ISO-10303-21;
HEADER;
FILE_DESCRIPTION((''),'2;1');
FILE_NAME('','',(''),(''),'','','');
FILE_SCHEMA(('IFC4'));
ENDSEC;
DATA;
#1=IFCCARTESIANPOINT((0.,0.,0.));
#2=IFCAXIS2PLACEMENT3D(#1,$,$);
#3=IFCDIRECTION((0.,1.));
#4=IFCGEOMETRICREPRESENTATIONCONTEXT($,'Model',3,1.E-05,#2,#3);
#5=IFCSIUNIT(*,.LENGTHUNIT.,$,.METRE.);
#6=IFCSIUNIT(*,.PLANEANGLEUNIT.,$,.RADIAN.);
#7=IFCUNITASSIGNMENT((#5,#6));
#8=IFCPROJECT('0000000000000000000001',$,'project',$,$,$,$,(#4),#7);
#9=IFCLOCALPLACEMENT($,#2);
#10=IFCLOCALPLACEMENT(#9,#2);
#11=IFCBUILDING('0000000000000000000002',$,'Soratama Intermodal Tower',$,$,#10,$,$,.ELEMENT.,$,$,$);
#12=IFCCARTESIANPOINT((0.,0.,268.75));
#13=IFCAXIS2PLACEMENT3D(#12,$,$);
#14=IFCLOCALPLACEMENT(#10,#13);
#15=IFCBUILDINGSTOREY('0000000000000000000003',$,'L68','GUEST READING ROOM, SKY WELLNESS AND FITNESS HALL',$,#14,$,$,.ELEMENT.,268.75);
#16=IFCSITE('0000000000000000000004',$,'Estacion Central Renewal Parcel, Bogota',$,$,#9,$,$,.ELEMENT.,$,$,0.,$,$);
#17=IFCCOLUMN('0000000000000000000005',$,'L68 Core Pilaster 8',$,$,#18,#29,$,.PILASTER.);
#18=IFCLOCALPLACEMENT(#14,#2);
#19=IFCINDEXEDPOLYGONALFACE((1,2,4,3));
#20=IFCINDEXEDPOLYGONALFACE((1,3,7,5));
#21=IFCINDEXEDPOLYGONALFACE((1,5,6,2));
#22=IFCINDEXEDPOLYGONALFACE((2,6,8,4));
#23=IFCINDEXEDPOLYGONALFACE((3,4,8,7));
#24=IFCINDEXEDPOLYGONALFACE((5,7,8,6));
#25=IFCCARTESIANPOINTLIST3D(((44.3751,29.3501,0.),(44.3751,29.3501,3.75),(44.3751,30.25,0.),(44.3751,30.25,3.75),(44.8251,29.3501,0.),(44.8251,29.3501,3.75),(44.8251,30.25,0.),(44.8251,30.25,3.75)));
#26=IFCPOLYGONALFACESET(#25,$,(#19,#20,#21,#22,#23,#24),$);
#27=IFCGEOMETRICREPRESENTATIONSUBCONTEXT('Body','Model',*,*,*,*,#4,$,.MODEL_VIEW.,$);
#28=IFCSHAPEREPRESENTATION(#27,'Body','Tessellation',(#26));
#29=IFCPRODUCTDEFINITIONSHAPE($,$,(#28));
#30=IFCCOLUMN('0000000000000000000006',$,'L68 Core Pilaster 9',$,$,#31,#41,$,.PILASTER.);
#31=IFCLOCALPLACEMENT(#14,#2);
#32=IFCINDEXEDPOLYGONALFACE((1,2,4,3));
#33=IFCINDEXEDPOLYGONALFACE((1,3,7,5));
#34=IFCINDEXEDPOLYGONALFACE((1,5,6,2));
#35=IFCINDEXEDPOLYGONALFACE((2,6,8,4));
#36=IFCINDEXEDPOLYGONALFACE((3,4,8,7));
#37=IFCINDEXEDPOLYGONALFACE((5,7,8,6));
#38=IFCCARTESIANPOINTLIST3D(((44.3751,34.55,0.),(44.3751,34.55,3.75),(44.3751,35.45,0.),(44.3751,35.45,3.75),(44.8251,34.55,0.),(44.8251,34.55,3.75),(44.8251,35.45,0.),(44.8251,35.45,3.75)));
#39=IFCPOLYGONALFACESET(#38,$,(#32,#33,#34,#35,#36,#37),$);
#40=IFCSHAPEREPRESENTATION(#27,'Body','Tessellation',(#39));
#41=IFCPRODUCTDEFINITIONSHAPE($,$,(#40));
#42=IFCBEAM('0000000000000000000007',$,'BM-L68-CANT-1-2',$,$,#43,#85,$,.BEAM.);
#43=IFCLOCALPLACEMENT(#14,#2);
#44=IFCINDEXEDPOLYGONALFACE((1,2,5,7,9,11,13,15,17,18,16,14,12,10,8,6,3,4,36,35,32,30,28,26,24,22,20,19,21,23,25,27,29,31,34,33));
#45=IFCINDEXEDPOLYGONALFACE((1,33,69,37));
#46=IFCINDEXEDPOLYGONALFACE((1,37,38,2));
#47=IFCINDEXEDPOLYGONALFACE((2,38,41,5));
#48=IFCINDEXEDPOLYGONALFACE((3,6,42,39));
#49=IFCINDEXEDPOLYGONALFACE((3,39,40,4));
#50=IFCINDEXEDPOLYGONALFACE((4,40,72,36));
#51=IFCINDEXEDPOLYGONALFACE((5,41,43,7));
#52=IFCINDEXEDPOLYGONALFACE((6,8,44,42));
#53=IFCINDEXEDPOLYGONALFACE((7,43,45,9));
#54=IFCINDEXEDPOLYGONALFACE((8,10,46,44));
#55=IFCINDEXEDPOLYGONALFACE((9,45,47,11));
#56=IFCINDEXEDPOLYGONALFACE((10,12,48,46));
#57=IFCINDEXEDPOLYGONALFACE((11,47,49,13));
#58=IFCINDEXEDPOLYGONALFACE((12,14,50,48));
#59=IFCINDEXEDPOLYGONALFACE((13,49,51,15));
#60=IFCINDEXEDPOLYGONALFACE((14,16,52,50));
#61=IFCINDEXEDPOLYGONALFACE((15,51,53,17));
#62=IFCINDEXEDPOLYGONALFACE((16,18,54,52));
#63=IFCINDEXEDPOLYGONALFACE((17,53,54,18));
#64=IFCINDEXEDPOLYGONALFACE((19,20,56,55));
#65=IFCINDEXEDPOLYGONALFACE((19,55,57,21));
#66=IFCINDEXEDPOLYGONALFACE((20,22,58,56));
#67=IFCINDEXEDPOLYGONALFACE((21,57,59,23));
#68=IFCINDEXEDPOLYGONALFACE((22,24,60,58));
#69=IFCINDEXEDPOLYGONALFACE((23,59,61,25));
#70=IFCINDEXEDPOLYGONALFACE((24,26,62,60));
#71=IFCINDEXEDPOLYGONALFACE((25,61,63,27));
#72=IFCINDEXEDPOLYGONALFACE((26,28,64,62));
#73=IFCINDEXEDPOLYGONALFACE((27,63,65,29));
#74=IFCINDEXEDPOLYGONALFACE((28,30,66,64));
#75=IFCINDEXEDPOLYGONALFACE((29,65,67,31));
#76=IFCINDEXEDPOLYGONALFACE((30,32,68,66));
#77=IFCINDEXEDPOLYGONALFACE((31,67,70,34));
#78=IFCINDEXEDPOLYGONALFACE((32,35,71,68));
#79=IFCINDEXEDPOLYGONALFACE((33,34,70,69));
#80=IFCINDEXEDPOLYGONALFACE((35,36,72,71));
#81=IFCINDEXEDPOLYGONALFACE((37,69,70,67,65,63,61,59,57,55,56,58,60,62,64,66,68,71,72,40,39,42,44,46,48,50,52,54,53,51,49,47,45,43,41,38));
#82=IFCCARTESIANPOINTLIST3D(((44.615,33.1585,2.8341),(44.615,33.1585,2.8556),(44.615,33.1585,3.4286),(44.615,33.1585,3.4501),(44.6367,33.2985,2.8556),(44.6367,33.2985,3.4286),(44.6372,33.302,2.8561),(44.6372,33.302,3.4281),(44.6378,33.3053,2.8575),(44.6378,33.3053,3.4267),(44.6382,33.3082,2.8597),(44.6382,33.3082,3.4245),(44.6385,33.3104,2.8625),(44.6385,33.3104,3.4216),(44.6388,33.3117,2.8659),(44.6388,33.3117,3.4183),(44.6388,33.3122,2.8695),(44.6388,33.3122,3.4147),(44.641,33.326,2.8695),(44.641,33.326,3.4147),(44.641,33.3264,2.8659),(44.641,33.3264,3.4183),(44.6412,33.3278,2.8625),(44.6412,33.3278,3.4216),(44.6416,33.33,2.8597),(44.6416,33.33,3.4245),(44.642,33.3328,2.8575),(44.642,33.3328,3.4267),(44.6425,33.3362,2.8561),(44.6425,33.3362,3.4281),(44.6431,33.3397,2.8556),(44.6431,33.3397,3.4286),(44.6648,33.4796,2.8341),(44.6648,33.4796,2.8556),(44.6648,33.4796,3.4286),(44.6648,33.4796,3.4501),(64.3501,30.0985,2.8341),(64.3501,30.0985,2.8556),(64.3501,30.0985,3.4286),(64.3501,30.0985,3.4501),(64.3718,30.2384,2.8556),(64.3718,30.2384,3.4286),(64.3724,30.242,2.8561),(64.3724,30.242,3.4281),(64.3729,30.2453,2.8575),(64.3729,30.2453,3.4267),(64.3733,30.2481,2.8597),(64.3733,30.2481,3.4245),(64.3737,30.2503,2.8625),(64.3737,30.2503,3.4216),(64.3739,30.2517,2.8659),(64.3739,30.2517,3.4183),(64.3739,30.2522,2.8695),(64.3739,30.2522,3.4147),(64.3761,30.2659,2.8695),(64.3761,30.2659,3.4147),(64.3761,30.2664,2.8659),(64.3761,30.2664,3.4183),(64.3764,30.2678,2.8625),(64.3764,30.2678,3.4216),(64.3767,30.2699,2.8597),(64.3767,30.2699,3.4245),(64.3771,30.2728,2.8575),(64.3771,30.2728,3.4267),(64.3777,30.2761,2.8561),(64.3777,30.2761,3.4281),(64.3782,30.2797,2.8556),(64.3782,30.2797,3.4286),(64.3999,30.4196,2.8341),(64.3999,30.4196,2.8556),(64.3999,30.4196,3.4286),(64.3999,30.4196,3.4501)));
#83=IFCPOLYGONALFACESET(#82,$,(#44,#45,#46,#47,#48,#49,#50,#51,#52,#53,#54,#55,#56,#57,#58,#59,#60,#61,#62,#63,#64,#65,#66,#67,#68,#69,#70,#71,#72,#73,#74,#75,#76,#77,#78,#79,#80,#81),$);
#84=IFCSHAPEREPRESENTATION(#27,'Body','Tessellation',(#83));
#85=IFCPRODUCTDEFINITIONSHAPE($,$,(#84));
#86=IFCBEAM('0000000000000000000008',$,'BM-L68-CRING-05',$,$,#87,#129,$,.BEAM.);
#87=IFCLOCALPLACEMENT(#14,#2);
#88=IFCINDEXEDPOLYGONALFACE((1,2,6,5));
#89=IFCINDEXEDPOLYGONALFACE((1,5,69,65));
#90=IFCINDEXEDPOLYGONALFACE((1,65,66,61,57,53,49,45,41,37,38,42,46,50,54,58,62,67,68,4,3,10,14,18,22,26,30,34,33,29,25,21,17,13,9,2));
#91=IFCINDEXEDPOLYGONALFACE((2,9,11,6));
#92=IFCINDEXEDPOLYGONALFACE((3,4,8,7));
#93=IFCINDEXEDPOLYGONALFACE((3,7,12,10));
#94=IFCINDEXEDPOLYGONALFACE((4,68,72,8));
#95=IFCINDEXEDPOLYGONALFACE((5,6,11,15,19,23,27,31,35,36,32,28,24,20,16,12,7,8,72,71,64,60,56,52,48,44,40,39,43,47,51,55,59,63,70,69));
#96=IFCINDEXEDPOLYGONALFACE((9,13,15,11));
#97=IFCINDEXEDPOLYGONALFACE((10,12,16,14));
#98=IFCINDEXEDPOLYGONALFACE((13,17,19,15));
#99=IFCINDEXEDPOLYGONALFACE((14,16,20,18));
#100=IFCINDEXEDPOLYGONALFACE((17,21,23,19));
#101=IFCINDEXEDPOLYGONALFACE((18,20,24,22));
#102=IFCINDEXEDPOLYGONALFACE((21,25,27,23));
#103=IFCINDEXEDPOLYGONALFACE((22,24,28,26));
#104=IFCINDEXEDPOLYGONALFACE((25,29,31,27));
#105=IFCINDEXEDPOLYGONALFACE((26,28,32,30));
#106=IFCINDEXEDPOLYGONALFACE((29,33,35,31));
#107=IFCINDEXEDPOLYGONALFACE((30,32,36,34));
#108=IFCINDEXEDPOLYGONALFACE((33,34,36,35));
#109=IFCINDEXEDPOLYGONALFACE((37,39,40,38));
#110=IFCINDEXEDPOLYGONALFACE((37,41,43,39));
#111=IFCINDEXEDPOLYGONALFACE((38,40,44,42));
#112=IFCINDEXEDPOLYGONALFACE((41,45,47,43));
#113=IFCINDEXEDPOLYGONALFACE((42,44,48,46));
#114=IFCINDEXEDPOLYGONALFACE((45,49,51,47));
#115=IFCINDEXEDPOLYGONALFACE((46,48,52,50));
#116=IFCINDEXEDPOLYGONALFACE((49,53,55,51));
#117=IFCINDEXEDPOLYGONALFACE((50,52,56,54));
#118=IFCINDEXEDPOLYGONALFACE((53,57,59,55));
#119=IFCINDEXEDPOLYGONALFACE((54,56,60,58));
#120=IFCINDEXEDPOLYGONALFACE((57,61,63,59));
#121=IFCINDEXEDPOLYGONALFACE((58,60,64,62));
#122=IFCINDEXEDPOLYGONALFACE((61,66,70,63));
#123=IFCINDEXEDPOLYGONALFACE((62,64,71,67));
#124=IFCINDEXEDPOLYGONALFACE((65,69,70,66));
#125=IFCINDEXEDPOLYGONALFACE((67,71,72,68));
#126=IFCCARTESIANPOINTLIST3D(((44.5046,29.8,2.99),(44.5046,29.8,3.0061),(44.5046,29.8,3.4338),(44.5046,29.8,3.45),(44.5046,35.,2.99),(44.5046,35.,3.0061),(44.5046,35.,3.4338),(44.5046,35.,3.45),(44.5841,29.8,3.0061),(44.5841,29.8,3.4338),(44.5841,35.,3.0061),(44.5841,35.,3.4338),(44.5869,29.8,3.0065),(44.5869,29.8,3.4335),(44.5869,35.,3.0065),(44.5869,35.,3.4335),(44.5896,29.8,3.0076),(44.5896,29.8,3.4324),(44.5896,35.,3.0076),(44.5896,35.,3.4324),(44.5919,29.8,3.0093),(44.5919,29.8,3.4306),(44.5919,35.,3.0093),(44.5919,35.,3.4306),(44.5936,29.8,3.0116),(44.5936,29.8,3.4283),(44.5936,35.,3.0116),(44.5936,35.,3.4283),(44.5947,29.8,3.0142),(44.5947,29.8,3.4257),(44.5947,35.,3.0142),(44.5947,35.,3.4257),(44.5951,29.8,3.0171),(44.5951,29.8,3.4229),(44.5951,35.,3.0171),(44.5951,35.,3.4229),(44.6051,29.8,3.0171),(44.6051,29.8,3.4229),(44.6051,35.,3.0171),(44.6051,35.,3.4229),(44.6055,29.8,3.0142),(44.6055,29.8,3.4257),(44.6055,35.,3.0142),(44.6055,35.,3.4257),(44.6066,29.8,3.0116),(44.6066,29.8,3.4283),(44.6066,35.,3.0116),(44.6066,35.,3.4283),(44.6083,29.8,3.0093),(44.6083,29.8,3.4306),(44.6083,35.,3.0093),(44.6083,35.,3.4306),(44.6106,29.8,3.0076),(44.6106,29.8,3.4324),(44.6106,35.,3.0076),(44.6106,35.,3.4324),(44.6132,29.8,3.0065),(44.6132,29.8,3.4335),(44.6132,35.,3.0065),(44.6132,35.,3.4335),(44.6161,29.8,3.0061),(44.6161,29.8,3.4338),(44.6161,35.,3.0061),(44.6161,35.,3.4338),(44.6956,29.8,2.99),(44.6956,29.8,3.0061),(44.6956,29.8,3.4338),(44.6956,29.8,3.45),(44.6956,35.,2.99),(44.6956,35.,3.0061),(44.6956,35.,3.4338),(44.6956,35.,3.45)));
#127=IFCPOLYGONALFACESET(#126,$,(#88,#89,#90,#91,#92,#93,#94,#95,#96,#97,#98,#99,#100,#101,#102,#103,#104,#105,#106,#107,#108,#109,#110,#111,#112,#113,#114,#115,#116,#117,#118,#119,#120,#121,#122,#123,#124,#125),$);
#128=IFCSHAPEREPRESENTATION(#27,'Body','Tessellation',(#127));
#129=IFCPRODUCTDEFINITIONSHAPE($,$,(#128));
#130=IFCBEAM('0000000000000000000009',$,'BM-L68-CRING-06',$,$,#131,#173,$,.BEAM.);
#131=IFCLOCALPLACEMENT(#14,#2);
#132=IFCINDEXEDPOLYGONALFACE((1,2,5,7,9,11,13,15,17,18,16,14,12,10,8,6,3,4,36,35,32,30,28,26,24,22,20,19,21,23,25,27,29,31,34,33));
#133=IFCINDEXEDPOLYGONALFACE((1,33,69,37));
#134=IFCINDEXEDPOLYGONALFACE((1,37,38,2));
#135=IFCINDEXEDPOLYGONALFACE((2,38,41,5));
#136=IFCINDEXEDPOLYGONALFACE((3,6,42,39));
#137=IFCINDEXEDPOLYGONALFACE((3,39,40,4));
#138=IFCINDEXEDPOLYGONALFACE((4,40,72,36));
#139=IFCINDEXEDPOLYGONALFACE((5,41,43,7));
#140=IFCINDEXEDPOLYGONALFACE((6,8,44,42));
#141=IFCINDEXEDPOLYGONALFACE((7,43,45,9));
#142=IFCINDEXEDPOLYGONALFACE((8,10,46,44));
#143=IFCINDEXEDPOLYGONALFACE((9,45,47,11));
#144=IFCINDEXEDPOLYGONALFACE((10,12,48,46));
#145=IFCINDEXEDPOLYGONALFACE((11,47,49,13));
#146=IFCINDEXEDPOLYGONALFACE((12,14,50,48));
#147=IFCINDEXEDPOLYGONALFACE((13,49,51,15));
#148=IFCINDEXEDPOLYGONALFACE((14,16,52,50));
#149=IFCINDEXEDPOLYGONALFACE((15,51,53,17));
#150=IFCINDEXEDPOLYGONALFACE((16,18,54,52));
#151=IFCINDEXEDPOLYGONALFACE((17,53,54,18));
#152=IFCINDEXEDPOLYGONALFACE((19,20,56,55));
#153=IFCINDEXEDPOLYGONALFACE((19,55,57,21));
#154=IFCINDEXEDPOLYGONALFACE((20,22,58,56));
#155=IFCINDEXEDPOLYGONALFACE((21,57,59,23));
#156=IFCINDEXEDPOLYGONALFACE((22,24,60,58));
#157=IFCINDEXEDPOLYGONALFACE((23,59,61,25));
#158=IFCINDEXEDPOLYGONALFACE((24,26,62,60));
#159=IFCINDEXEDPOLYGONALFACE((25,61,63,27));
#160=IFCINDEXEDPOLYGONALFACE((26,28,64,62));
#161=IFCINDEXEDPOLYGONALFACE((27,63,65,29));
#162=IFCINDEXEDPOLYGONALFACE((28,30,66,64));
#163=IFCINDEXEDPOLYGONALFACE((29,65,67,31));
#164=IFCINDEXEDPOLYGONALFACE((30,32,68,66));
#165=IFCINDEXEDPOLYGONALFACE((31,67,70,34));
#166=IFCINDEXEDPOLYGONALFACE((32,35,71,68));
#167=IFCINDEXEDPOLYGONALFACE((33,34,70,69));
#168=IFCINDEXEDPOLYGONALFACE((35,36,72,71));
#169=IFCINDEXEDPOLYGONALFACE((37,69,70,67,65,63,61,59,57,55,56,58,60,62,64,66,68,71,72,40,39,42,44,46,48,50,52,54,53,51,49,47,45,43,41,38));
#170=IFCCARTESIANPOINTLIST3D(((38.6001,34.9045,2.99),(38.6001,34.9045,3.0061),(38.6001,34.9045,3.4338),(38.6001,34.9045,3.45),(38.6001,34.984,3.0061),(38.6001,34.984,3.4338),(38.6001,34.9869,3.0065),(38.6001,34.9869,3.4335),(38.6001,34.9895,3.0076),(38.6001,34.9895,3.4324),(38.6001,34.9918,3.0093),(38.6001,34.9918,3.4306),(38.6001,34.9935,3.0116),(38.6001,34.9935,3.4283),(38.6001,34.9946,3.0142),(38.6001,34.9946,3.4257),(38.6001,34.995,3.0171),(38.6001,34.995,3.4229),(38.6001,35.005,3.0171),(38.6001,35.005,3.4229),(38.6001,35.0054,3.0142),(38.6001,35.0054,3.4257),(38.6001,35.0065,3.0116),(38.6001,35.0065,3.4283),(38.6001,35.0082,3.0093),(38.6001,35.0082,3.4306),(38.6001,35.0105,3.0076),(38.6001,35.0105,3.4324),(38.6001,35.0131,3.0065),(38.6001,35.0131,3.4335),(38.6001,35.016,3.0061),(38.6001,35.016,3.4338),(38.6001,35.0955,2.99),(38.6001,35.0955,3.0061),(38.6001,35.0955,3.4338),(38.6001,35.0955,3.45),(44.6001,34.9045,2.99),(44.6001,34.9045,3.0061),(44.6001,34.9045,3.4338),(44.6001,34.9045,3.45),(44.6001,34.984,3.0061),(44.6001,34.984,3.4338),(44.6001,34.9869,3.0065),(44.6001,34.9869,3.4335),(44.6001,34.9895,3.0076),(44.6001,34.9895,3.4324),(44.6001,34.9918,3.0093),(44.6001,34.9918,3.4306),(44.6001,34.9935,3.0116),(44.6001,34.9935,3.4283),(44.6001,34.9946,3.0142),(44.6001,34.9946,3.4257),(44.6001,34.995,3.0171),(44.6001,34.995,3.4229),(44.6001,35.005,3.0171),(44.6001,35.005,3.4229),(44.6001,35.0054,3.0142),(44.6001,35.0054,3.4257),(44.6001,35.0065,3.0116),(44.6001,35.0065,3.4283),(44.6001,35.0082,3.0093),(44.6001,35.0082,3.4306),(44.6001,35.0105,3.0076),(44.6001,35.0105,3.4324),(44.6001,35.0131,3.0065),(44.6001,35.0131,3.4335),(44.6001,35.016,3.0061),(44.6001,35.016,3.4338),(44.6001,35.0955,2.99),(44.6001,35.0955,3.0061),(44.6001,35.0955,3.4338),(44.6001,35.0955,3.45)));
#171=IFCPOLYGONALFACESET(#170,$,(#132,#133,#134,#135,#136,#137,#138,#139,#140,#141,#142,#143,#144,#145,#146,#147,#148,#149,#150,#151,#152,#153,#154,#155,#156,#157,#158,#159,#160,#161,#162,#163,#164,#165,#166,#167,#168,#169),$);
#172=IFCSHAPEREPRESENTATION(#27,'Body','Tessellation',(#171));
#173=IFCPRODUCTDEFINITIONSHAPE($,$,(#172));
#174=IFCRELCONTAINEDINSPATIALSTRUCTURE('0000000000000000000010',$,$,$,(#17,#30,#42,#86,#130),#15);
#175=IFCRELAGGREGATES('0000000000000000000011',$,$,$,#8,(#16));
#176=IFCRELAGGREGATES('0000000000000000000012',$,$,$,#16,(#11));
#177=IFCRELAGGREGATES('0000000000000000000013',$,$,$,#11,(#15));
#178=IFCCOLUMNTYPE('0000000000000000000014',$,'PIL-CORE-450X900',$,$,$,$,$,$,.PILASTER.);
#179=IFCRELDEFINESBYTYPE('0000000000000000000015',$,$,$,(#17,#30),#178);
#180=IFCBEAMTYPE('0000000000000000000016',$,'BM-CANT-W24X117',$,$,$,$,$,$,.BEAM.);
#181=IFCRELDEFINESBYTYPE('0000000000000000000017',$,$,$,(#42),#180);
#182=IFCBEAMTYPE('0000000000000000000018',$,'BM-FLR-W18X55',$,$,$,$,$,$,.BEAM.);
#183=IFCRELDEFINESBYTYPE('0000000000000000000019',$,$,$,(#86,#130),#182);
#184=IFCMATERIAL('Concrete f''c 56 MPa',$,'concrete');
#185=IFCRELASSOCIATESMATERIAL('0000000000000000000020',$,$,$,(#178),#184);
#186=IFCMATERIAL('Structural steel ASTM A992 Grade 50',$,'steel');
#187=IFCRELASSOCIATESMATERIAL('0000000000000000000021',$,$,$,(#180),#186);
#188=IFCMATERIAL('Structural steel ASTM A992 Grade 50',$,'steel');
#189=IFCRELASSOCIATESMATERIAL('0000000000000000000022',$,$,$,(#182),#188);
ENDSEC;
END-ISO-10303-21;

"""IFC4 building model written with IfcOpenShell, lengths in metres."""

from ifc_helpers import new_model, si_unit, direction, frame, origin, origin_2d, place, context, subcontext, project, spatial, rectangle, i_section, extrude, material, material_profile, profile_set, type_object, element, save


model = new_model("IFC4")

# Units and contexts
model_context = context("Model", 3, precision=1e-05, world=origin(), true_north=direction((0.0, 1.0)))
body_context = subcontext(model_context, "Body", "Model", "MODEL_VIEW")
ifc_project = project(units=[si_unit("LENGTHUNIT", "METRE"), si_unit("PLANEANGLEUNIT", "RADIAN")], contexts=[model_context])

# Site, building, storey
site_placement = place(None, origin())
site = spatial("IfcSite", under=ifc_project, at=site_placement, Name="Estacion Central Renewal Parcel, Bogota", CompositionType="ELEMENT", RefElevation=0.0)
building_placement = place(site_placement, origin())
building = spatial("IfcBuilding", under=site, at=building_placement, Name="Soratama Intermodal Tower", CompositionType="ELEMENT")
storey_placement = place(building_placement, frame((0.0, 0.0, 268.75)))
storey = spatial("IfcBuildingStorey", under=building, at=storey_placement, Name="L68", Description="GUEST READING ROOM, SKY WELLNESS AND FITNESS HALL", CompositionType="ELEMENT", Elevation=268.75)

# Columns
ifc_material_1 = material(Name="Concrete f'c 56 MPa", Category="concrete")
ifc_material_profile_1 = material_profile(ifc_material_1, rectangle(XDim=0.45, YDim=0.8999, at=origin_2d()), Name="RC450X900")
ifc_profile_set_1 = profile_set([ifc_material_profile_1], Name="Concrete f'c 56 MPa")
column_type = type_object("IfcColumnType", Name="PIL-CORE-450X900", PredefinedType="PILASTER", material=ifc_profile_set_1)
for number, where, z_axis, x_axis, name in (
    (1, (44.6001, 29.8, 0.0), (0.0, 0.0, 1.0), (1.0, 0.0, 0.0), "L68 Core Pilaster 8"),
    (2, (44.6001, 35.0, 0.0), (0.0, 0.0, 1.0), (1.0, 0.0, 0.0), "L68 Core Pilaster 9"),
):
    element("IfcColumn", number, at=place(storey_placement, frame(where, z_axis=z_axis, x_axis=x_axis)), inside=storey, type_object=column_type, Name=name, PredefinedType="PILASTER", context=body_context, shape_type="SweptSolid", body=[
        extrude(rectangle(XDim=0.45, YDim=0.8999, at=origin_2d()), origin(), (0.0, 0.0, 1.0), 3.75),
    ])

# Beams
ifc_material_2 = material(Name="Structural steel ASTM A992 Grade 50", Category="steel")
ifc_material_profile_2 = material_profile(ifc_material_2, i_section(OverallWidth=0.325, OverallDepth=0.616, WebThickness=0.0139, FlangeThickness=0.0215, FilletRadius=0.0139, at=origin_2d()), Name="W24X117")
ifc_profile_set_2 = profile_set([ifc_material_profile_2], Name="Structural steel ASTM A992 Grade 50")
beam_type_1 = type_object("IfcBeamType", Name="BM-CANT-W24X117", PredefinedType="BEAM", material=ifc_profile_set_2)
beam_1_placement = place(storey_placement, frame((44.6399, 33.3191, 3.1421), z_axis=(0.988191, -0.153226, 0.0), x_axis=(0.153226, 0.988191, 0.0)))
element("IfcBeam", 3, at=beam_1_placement, inside=storey, type_object=beam_type_1, Name="BM-L68-CANT-1-2", PredefinedType="BEAM", context=body_context, shape_type="SweptSolid", body=[
    extrude(i_section(OverallWidth=0.325, OverallDepth=0.616, WebThickness=0.0139, FlangeThickness=0.0215, FilletRadius=0.0139, at=origin_2d()), origin(), (0.0, 0.0, 1.0), 19.9709),
])
ifc_material_3 = material(Name="Structural steel ASTM A992 Grade 50", Category="steel")
ifc_material_profile_3 = material_profile(ifc_material_3, i_section(OverallWidth=0.1909, OverallDepth=0.46, WebThickness=0.01, FlangeThickness=0.0161, FilletRadius=0.011, at=origin_2d()), Name="W18X55")
ifc_profile_set_3 = profile_set([ifc_material_profile_3], Name="Structural steel ASTM A992 Grade 50")
beam_type_2 = type_object("IfcBeamType", Name="BM-FLR-W18X55", PredefinedType="BEAM", material=ifc_profile_set_3)
beam_2_placement = place(storey_placement, frame((44.6001, 29.8, 3.22), z_axis=(0.0, 1.0, 0.0), x_axis=(-1.0, 0.0, 0.0)))
element("IfcBeam", 4, at=beam_2_placement, inside=storey, type_object=beam_type_2, Name="BM-L68-CRING-05", PredefinedType="BEAM", context=body_context, shape_type="SweptSolid", body=[
    extrude(i_section(OverallWidth=0.1909, OverallDepth=0.46, WebThickness=0.01, FlangeThickness=0.0161, FilletRadius=0.011, at=origin_2d()), origin(), (0.0, 0.0, 1.0), 5.2),
])
beam_3_placement = place(storey_placement, frame((44.6001, 35.0, 3.22), z_axis=(-1.0, 0.0, 0.0), x_axis=(0.0, -1.0, 0.0)))
element("IfcBeam", 5, at=beam_3_placement, inside=storey, type_object=beam_type_2, Name="BM-L68-CRING-06", PredefinedType="BEAM", context=body_context, shape_type="SweptSolid", body=[
    extrude(i_section(OverallWidth=0.1909, OverallDepth=0.46, WebThickness=0.01, FlangeThickness=0.0161, FilletRadius=0.011, at=origin_2d()), origin(), (0.0, 0.0, 1.0), 6.0),
])

save(model, "model.ifc")
